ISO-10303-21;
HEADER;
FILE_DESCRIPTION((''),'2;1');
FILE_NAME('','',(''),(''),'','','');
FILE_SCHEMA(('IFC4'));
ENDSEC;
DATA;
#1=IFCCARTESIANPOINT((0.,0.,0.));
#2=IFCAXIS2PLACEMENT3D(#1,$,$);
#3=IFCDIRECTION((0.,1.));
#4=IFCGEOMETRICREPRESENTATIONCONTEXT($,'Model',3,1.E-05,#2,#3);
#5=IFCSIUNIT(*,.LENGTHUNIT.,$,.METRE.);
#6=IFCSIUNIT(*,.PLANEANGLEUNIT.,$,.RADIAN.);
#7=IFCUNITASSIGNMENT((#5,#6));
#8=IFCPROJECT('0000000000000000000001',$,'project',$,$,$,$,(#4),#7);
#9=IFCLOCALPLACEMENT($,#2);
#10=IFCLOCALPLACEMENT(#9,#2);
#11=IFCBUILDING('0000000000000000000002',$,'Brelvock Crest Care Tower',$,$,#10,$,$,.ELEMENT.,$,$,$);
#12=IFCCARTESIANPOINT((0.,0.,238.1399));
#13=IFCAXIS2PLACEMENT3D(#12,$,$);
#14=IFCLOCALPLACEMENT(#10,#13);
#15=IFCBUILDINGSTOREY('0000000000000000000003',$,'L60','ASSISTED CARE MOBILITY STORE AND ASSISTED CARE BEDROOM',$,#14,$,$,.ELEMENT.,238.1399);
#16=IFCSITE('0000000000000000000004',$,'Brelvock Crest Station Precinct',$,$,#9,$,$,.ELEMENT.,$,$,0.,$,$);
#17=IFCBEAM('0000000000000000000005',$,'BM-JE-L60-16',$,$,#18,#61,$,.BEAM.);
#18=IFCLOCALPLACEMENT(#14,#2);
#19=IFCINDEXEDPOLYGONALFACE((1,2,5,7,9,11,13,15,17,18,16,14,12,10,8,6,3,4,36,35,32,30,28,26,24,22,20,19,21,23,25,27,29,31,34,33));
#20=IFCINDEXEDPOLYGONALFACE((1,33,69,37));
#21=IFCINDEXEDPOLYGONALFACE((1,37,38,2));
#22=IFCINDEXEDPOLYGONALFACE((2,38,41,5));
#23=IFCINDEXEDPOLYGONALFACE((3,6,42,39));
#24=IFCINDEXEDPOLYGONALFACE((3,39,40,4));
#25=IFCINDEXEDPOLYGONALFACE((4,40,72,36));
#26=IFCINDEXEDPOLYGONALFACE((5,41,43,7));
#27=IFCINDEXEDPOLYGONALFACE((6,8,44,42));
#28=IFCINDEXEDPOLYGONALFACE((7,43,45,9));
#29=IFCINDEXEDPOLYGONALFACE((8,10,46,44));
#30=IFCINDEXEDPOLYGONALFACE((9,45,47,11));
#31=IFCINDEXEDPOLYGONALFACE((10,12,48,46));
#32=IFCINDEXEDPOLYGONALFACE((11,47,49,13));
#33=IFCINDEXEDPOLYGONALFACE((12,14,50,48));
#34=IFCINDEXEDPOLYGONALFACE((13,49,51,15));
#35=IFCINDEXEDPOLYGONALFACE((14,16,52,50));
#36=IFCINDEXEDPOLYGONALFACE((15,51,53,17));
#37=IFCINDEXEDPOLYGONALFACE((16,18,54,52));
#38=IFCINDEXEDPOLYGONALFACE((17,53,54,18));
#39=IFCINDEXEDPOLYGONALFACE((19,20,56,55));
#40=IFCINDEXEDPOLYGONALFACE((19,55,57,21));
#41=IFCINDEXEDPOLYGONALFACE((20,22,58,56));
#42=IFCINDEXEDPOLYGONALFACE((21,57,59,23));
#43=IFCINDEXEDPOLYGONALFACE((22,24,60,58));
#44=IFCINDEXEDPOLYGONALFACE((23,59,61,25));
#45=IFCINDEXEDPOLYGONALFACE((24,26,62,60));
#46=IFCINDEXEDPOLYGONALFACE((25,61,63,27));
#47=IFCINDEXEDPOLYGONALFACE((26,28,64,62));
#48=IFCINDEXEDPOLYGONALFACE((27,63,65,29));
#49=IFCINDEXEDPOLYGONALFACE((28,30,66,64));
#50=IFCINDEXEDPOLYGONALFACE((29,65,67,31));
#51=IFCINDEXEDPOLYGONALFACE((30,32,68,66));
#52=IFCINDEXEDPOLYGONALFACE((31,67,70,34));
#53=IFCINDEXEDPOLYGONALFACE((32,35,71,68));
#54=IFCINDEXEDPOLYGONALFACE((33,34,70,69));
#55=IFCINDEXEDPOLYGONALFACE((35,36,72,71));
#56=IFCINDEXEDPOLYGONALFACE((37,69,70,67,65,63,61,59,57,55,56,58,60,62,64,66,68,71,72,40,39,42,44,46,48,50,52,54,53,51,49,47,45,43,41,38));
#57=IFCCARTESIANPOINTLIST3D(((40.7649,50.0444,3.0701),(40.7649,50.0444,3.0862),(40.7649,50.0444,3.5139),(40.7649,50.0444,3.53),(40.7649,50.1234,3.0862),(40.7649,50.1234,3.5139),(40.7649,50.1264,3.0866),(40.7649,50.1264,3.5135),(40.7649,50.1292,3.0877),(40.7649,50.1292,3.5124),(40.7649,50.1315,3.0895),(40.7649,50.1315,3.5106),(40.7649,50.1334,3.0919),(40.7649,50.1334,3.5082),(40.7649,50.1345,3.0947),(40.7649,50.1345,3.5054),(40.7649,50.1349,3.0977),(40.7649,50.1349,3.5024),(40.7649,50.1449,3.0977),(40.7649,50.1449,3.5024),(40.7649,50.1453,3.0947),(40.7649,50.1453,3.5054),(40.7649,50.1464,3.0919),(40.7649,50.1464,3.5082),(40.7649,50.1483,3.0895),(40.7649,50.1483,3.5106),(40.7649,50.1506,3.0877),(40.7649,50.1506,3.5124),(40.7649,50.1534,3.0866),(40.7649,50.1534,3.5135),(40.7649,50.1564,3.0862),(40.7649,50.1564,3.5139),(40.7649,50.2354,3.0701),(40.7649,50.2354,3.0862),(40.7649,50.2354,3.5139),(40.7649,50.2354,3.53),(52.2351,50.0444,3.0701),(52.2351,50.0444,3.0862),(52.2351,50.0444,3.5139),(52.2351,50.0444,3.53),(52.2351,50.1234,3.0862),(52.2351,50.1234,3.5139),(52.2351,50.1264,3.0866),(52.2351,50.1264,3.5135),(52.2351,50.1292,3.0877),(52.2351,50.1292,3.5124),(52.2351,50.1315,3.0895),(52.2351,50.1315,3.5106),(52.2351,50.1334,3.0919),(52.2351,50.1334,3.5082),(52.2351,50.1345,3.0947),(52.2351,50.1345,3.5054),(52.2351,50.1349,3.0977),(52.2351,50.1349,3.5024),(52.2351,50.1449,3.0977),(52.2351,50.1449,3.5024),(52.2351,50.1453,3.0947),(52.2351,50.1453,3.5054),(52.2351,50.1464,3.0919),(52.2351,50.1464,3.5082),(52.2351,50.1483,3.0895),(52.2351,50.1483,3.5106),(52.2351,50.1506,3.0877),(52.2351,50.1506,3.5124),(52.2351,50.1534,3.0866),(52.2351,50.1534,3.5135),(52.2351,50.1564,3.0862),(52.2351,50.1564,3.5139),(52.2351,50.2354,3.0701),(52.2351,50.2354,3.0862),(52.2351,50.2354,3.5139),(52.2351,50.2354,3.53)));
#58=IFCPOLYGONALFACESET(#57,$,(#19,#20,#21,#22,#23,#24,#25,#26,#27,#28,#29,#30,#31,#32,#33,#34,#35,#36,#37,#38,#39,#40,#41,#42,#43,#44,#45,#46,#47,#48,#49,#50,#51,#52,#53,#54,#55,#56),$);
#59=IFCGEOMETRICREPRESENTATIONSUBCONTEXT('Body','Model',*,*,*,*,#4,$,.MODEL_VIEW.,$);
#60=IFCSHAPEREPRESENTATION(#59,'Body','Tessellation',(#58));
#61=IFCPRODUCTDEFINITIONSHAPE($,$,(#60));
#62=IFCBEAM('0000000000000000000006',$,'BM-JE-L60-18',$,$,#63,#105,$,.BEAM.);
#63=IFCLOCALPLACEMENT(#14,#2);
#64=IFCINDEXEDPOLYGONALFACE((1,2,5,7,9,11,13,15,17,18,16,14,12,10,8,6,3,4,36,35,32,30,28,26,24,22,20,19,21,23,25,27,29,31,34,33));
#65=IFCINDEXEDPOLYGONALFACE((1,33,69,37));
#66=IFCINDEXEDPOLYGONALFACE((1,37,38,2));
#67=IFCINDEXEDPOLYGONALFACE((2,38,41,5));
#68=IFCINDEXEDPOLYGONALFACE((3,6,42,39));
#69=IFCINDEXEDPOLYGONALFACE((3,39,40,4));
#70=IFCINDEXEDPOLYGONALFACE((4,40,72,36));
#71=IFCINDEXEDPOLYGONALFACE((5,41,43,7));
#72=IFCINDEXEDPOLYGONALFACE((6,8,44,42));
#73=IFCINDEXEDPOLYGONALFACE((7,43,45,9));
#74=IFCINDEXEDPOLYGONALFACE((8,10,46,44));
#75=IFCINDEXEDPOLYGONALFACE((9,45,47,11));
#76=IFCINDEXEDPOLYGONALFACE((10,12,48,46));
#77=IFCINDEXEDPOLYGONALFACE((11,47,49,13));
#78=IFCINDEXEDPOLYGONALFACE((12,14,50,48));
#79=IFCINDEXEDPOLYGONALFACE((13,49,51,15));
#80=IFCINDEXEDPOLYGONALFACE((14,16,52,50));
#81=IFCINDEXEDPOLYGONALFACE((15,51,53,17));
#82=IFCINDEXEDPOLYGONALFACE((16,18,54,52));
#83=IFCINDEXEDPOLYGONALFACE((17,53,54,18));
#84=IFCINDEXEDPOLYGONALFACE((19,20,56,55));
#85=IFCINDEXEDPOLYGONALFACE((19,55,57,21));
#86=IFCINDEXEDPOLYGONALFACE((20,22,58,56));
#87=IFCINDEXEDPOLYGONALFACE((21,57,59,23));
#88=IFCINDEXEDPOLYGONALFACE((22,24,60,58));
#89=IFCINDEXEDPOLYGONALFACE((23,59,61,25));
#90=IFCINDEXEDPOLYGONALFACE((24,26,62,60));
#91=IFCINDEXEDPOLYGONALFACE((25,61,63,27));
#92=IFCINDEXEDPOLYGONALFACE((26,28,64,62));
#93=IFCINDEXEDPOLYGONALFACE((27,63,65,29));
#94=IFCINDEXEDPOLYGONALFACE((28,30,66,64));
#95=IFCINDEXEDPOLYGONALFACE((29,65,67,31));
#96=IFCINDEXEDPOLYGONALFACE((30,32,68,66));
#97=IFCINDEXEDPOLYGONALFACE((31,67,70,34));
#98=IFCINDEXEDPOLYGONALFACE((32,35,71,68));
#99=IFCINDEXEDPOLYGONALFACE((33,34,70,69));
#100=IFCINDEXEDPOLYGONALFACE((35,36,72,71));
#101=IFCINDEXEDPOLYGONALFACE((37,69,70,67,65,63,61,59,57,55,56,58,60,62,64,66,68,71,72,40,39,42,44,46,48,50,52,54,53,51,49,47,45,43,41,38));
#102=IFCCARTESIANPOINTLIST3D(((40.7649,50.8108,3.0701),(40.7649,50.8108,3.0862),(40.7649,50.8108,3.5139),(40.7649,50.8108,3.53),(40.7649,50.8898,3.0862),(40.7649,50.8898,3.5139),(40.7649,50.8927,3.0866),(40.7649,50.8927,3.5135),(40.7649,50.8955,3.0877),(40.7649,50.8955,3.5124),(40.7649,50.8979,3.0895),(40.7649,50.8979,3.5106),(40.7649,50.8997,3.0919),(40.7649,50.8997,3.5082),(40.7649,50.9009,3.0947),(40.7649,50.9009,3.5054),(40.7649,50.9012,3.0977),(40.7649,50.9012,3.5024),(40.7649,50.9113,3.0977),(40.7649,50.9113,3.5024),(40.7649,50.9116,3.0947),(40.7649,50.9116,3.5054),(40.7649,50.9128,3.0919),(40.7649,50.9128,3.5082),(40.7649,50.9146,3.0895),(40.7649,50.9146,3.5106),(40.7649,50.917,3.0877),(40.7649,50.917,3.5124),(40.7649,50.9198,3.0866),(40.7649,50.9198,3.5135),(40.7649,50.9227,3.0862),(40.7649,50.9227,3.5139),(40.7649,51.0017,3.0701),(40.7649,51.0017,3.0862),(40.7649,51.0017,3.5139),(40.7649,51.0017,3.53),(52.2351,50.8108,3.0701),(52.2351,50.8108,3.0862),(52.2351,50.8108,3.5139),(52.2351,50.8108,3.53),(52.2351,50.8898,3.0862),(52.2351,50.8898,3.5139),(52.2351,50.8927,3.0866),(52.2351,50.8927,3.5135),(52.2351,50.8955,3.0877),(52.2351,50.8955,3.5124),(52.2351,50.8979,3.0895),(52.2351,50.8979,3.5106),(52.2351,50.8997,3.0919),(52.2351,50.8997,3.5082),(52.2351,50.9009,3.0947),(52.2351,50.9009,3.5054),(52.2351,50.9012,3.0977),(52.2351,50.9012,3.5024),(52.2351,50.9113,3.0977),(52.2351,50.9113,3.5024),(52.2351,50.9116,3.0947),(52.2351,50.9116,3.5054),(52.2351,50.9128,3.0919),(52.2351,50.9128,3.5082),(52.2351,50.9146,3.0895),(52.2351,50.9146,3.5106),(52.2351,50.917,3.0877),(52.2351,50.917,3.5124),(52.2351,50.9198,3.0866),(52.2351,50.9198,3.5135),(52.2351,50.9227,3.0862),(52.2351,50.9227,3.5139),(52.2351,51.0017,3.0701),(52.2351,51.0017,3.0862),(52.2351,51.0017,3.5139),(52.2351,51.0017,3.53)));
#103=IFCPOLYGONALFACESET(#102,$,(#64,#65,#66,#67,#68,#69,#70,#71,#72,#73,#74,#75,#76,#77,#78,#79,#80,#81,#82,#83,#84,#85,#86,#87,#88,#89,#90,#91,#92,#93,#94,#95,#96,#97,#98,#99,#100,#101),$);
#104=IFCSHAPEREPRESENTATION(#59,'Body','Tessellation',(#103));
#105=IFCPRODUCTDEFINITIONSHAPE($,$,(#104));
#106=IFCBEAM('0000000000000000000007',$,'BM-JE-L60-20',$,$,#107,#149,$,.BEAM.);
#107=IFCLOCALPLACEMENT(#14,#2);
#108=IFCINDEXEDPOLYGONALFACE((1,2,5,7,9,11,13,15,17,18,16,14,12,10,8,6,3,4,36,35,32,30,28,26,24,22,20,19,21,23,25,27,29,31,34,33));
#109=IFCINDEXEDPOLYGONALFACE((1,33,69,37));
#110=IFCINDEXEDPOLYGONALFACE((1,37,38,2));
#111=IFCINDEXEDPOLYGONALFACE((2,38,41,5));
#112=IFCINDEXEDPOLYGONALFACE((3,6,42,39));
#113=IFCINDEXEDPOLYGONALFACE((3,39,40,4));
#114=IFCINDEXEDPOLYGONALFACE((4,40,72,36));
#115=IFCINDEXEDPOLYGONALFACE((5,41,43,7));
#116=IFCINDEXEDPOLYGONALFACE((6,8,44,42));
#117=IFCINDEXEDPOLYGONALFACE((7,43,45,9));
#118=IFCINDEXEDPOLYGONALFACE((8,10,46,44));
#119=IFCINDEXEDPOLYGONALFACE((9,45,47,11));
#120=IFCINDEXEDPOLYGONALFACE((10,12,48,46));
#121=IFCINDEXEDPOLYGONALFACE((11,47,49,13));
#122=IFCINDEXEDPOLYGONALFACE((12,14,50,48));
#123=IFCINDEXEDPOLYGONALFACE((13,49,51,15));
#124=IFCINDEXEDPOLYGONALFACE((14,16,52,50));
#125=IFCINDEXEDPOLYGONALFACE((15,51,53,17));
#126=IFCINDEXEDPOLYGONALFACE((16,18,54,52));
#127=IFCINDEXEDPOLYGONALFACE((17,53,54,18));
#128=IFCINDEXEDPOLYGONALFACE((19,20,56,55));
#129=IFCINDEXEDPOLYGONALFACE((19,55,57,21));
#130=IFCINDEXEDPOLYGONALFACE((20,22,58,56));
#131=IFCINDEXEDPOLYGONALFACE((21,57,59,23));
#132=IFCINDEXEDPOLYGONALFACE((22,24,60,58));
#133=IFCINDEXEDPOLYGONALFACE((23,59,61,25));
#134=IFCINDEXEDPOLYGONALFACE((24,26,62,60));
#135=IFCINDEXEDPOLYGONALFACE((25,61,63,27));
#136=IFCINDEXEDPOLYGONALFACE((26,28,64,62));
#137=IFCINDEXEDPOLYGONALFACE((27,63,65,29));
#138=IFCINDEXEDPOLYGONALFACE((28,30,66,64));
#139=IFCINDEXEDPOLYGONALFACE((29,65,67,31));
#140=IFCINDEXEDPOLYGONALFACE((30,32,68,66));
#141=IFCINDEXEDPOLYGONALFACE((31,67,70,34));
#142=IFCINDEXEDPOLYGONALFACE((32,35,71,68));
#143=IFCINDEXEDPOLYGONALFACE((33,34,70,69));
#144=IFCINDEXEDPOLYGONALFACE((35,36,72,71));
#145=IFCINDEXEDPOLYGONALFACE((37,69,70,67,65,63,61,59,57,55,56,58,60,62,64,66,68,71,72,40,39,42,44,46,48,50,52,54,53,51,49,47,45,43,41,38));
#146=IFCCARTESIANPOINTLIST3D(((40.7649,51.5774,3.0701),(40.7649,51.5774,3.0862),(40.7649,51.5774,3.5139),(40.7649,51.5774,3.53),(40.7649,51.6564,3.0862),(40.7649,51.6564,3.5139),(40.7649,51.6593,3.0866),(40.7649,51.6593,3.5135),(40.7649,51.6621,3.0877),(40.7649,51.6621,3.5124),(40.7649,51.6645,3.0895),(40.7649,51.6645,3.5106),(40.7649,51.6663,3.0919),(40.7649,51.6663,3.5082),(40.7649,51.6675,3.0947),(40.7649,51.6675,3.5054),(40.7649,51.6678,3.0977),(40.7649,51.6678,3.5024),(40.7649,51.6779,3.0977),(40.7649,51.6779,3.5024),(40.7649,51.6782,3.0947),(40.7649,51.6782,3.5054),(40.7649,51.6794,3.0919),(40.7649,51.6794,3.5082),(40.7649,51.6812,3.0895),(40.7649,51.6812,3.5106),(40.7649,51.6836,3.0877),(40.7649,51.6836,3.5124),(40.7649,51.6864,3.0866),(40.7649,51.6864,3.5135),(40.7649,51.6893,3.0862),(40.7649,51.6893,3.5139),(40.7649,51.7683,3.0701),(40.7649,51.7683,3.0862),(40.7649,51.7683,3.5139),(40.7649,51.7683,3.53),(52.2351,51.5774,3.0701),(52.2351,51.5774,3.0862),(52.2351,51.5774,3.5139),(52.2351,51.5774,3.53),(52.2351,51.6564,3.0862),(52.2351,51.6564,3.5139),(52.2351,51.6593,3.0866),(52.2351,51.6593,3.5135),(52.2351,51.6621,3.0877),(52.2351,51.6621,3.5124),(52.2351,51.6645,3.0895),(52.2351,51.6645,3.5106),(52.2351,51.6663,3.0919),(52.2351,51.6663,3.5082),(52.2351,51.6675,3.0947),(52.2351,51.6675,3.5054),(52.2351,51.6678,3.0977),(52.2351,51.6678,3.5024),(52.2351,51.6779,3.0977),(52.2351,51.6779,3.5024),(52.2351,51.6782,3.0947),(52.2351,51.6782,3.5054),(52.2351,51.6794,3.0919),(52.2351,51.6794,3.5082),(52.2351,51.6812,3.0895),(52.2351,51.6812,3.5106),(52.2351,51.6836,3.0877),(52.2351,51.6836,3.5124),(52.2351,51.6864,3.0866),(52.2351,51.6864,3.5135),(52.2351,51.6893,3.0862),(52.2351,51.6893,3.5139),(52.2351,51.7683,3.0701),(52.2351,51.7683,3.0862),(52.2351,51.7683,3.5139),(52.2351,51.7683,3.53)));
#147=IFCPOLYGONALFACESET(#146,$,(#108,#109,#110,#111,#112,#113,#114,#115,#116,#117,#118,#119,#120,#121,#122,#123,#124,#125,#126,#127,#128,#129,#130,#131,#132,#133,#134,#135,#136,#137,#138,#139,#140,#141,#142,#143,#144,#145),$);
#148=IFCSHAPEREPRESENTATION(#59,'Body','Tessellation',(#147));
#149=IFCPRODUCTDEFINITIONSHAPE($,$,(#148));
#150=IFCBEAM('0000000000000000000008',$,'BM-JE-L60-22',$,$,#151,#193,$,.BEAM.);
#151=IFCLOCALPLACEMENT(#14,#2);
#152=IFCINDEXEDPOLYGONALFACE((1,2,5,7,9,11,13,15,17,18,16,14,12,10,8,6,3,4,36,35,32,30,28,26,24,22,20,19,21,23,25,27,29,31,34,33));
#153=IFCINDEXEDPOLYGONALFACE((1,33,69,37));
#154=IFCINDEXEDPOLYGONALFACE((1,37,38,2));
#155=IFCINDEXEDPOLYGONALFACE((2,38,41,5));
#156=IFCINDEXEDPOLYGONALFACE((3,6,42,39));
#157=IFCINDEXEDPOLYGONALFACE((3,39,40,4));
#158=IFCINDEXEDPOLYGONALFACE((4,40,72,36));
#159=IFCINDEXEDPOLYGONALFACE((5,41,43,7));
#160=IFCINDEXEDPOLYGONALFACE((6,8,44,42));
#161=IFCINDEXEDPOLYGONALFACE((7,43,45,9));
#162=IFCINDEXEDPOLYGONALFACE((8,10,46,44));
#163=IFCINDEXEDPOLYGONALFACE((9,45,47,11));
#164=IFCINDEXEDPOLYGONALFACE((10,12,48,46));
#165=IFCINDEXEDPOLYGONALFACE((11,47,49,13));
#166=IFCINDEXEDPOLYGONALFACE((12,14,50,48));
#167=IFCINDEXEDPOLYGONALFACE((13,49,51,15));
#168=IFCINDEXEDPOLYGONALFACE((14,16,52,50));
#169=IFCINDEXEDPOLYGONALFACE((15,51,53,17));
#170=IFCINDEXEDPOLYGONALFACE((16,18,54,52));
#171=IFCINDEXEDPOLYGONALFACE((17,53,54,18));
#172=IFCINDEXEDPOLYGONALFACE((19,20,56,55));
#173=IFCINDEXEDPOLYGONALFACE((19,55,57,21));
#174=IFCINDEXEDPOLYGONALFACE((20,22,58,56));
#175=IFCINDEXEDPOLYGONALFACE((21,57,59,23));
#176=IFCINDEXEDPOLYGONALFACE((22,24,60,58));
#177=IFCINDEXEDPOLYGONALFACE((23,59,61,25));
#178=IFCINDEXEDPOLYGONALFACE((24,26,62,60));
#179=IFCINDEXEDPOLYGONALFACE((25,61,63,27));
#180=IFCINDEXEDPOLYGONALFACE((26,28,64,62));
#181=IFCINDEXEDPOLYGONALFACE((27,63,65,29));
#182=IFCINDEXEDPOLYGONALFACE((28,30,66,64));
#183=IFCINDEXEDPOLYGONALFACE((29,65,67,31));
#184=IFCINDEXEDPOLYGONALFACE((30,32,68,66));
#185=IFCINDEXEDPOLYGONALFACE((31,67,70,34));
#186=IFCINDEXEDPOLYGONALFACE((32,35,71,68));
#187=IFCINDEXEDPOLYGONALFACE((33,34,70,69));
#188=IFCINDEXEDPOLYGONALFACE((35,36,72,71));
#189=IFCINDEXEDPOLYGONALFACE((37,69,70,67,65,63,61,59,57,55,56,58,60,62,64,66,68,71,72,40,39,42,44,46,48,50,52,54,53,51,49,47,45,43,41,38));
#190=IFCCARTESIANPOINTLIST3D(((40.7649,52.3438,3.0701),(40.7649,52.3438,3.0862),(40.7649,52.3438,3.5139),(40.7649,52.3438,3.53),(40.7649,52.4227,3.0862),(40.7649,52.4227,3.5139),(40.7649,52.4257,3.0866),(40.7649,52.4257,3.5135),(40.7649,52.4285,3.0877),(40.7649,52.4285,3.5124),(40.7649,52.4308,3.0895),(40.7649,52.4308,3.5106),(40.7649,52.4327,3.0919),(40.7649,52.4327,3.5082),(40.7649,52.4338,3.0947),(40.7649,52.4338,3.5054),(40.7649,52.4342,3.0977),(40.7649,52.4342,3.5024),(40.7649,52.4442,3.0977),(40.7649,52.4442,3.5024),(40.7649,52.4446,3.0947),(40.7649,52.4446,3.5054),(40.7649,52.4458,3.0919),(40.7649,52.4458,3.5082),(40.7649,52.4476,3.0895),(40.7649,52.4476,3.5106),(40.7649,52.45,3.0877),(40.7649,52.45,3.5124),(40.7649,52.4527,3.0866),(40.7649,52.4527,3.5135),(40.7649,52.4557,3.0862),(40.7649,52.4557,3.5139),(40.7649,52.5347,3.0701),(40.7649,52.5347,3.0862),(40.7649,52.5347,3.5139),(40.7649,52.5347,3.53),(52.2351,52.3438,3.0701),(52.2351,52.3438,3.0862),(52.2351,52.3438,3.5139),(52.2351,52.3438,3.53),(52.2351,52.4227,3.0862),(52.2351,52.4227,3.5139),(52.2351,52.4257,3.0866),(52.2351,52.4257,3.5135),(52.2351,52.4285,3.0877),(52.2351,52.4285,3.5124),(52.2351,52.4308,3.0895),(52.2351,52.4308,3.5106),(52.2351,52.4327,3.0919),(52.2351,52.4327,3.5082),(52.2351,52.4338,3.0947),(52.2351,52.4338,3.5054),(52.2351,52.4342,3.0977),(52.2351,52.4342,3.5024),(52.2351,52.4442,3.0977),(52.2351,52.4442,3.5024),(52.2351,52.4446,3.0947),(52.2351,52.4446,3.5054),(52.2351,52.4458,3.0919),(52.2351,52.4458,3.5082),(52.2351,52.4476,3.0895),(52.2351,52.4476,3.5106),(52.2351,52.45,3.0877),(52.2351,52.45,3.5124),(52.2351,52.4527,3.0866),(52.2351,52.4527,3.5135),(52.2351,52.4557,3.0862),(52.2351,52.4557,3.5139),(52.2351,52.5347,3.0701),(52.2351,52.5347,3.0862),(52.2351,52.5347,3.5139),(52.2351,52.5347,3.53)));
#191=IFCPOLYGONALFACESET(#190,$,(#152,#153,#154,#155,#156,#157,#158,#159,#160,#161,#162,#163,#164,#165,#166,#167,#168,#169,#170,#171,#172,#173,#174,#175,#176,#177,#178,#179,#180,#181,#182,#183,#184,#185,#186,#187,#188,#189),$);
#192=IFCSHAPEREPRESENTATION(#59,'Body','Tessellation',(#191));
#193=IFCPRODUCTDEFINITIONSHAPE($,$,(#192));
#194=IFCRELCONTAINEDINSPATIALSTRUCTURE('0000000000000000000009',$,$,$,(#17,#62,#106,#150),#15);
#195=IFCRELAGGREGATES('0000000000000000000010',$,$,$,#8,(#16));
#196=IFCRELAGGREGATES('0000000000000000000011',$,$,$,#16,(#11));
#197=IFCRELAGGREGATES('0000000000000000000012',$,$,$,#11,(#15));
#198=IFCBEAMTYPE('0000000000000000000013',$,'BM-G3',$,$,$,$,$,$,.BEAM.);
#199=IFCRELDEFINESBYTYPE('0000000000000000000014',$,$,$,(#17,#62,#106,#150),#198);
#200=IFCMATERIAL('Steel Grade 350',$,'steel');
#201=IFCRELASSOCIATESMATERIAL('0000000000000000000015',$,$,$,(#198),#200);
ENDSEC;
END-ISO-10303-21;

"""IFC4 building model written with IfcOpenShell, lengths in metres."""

from ifc_helpers import new_model, si_unit, direction, frame, origin, origin_2d, place, context, subcontext, project, spatial, i_section, extrude, source, transform, mapped, material, material_profile, profile_set, type_object, element, save


model = new_model("IFC4")

# Units and contexts
model_context = context("Model", 3, precision=1e-05, world=origin(), true_north=direction((0.0, 1.0)))
body_context = subcontext(model_context, "Body", "Model", "MODEL_VIEW")
ifc_project = project(units=[si_unit("LENGTHUNIT", "METRE"), si_unit("PLANEANGLEUNIT", "RADIAN")], contexts=[model_context])

# Site, building, storey
site_placement = place(None, origin())
site = spatial("IfcSite", under=ifc_project, at=site_placement, Name="Brelvock Crest Station Precinct", CompositionType="ELEMENT", RefElevation=0.0)
building_placement = place(site_placement, origin())
building = spatial("IfcBuilding", under=site, at=building_placement, Name="Brelvock Crest Care Tower", CompositionType="ELEMENT")
storey_placement = place(building_placement, frame((0.0, 0.0, 238.1399)))
storey = spatial("IfcBuildingStorey", under=building, at=storey_placement, Name="L60", Description="ASSISTED CARE MOBILITY STORE AND ASSISTED CARE BEDROOM", CompositionType="ELEMENT", Elevation=238.1399)

# Beams
ifc_material_1 = material(Name="Steel Grade 350", Category="steel")
ifc_material_profile_1 = material_profile(ifc_material_1, i_section(OverallWidth=0.1909, OverallDepth=0.46, WebThickness=0.01, FlangeThickness=0.0161, FilletRadius=0.0115, at=origin_2d()), Name="460UB82.1")
ifc_profile_set_1 = profile_set([ifc_material_profile_1], Name="Steel Grade 350")
beam_type_1 = type_object("IfcBeamType", Name="BM-G3", PredefinedType="BEAM", material=ifc_profile_set_1)
shared_shape_1 = source(origin(), body_context, "Body", "SweptSolid", [
    extrude(i_section(OverallWidth=0.1909, OverallDepth=0.46, WebThickness=0.01, FlangeThickness=0.0161, FilletRadius=0.0115, at=origin_2d()), origin(), (0.0, 0.0, 1.0), 11.4702),
])
for number, where, z_axis, x_axis, name in (
    (1, (40.7649, 50.1399, 3.3), (1.0, 0.0, 0.0), (0.0, 1.0, 0.0), "BM-JE-L60-16"),
    (2, (40.7649, 50.9062, 3.3), (1.0, 0.0, 0.0), (0.0, 1.0, 0.0), "BM-JE-L60-18"),
    (3, (40.7649, 51.6729, 3.3), (1.0, 0.0, 0.0), (0.0, 1.0, 0.0), "BM-JE-L60-20"),
    (4, (40.7649, 52.4392, 3.3), (1.0, 0.0, 0.0), (0.0, 1.0, 0.0), "BM-JE-L60-22"),
):
    element("IfcBeam", number, at=place(storey_placement, frame(where, z_axis=z_axis, x_axis=x_axis)), inside=storey, type_object=beam_type_1, Name=name, PredefinedType="BEAM", context=body_context, shape_type="MappedRepresentation", body=[
        mapped(shared_shape_1, transform((0.0, 0.0, 0.0), x_axis=(1.0, 0.0, 0.0), y_axis=(0.0, 1.0, 0.0), z_axis=(0.0, 0.0, 1.0), scale=1.0)),
    ])

save(model, "model.ifc")
